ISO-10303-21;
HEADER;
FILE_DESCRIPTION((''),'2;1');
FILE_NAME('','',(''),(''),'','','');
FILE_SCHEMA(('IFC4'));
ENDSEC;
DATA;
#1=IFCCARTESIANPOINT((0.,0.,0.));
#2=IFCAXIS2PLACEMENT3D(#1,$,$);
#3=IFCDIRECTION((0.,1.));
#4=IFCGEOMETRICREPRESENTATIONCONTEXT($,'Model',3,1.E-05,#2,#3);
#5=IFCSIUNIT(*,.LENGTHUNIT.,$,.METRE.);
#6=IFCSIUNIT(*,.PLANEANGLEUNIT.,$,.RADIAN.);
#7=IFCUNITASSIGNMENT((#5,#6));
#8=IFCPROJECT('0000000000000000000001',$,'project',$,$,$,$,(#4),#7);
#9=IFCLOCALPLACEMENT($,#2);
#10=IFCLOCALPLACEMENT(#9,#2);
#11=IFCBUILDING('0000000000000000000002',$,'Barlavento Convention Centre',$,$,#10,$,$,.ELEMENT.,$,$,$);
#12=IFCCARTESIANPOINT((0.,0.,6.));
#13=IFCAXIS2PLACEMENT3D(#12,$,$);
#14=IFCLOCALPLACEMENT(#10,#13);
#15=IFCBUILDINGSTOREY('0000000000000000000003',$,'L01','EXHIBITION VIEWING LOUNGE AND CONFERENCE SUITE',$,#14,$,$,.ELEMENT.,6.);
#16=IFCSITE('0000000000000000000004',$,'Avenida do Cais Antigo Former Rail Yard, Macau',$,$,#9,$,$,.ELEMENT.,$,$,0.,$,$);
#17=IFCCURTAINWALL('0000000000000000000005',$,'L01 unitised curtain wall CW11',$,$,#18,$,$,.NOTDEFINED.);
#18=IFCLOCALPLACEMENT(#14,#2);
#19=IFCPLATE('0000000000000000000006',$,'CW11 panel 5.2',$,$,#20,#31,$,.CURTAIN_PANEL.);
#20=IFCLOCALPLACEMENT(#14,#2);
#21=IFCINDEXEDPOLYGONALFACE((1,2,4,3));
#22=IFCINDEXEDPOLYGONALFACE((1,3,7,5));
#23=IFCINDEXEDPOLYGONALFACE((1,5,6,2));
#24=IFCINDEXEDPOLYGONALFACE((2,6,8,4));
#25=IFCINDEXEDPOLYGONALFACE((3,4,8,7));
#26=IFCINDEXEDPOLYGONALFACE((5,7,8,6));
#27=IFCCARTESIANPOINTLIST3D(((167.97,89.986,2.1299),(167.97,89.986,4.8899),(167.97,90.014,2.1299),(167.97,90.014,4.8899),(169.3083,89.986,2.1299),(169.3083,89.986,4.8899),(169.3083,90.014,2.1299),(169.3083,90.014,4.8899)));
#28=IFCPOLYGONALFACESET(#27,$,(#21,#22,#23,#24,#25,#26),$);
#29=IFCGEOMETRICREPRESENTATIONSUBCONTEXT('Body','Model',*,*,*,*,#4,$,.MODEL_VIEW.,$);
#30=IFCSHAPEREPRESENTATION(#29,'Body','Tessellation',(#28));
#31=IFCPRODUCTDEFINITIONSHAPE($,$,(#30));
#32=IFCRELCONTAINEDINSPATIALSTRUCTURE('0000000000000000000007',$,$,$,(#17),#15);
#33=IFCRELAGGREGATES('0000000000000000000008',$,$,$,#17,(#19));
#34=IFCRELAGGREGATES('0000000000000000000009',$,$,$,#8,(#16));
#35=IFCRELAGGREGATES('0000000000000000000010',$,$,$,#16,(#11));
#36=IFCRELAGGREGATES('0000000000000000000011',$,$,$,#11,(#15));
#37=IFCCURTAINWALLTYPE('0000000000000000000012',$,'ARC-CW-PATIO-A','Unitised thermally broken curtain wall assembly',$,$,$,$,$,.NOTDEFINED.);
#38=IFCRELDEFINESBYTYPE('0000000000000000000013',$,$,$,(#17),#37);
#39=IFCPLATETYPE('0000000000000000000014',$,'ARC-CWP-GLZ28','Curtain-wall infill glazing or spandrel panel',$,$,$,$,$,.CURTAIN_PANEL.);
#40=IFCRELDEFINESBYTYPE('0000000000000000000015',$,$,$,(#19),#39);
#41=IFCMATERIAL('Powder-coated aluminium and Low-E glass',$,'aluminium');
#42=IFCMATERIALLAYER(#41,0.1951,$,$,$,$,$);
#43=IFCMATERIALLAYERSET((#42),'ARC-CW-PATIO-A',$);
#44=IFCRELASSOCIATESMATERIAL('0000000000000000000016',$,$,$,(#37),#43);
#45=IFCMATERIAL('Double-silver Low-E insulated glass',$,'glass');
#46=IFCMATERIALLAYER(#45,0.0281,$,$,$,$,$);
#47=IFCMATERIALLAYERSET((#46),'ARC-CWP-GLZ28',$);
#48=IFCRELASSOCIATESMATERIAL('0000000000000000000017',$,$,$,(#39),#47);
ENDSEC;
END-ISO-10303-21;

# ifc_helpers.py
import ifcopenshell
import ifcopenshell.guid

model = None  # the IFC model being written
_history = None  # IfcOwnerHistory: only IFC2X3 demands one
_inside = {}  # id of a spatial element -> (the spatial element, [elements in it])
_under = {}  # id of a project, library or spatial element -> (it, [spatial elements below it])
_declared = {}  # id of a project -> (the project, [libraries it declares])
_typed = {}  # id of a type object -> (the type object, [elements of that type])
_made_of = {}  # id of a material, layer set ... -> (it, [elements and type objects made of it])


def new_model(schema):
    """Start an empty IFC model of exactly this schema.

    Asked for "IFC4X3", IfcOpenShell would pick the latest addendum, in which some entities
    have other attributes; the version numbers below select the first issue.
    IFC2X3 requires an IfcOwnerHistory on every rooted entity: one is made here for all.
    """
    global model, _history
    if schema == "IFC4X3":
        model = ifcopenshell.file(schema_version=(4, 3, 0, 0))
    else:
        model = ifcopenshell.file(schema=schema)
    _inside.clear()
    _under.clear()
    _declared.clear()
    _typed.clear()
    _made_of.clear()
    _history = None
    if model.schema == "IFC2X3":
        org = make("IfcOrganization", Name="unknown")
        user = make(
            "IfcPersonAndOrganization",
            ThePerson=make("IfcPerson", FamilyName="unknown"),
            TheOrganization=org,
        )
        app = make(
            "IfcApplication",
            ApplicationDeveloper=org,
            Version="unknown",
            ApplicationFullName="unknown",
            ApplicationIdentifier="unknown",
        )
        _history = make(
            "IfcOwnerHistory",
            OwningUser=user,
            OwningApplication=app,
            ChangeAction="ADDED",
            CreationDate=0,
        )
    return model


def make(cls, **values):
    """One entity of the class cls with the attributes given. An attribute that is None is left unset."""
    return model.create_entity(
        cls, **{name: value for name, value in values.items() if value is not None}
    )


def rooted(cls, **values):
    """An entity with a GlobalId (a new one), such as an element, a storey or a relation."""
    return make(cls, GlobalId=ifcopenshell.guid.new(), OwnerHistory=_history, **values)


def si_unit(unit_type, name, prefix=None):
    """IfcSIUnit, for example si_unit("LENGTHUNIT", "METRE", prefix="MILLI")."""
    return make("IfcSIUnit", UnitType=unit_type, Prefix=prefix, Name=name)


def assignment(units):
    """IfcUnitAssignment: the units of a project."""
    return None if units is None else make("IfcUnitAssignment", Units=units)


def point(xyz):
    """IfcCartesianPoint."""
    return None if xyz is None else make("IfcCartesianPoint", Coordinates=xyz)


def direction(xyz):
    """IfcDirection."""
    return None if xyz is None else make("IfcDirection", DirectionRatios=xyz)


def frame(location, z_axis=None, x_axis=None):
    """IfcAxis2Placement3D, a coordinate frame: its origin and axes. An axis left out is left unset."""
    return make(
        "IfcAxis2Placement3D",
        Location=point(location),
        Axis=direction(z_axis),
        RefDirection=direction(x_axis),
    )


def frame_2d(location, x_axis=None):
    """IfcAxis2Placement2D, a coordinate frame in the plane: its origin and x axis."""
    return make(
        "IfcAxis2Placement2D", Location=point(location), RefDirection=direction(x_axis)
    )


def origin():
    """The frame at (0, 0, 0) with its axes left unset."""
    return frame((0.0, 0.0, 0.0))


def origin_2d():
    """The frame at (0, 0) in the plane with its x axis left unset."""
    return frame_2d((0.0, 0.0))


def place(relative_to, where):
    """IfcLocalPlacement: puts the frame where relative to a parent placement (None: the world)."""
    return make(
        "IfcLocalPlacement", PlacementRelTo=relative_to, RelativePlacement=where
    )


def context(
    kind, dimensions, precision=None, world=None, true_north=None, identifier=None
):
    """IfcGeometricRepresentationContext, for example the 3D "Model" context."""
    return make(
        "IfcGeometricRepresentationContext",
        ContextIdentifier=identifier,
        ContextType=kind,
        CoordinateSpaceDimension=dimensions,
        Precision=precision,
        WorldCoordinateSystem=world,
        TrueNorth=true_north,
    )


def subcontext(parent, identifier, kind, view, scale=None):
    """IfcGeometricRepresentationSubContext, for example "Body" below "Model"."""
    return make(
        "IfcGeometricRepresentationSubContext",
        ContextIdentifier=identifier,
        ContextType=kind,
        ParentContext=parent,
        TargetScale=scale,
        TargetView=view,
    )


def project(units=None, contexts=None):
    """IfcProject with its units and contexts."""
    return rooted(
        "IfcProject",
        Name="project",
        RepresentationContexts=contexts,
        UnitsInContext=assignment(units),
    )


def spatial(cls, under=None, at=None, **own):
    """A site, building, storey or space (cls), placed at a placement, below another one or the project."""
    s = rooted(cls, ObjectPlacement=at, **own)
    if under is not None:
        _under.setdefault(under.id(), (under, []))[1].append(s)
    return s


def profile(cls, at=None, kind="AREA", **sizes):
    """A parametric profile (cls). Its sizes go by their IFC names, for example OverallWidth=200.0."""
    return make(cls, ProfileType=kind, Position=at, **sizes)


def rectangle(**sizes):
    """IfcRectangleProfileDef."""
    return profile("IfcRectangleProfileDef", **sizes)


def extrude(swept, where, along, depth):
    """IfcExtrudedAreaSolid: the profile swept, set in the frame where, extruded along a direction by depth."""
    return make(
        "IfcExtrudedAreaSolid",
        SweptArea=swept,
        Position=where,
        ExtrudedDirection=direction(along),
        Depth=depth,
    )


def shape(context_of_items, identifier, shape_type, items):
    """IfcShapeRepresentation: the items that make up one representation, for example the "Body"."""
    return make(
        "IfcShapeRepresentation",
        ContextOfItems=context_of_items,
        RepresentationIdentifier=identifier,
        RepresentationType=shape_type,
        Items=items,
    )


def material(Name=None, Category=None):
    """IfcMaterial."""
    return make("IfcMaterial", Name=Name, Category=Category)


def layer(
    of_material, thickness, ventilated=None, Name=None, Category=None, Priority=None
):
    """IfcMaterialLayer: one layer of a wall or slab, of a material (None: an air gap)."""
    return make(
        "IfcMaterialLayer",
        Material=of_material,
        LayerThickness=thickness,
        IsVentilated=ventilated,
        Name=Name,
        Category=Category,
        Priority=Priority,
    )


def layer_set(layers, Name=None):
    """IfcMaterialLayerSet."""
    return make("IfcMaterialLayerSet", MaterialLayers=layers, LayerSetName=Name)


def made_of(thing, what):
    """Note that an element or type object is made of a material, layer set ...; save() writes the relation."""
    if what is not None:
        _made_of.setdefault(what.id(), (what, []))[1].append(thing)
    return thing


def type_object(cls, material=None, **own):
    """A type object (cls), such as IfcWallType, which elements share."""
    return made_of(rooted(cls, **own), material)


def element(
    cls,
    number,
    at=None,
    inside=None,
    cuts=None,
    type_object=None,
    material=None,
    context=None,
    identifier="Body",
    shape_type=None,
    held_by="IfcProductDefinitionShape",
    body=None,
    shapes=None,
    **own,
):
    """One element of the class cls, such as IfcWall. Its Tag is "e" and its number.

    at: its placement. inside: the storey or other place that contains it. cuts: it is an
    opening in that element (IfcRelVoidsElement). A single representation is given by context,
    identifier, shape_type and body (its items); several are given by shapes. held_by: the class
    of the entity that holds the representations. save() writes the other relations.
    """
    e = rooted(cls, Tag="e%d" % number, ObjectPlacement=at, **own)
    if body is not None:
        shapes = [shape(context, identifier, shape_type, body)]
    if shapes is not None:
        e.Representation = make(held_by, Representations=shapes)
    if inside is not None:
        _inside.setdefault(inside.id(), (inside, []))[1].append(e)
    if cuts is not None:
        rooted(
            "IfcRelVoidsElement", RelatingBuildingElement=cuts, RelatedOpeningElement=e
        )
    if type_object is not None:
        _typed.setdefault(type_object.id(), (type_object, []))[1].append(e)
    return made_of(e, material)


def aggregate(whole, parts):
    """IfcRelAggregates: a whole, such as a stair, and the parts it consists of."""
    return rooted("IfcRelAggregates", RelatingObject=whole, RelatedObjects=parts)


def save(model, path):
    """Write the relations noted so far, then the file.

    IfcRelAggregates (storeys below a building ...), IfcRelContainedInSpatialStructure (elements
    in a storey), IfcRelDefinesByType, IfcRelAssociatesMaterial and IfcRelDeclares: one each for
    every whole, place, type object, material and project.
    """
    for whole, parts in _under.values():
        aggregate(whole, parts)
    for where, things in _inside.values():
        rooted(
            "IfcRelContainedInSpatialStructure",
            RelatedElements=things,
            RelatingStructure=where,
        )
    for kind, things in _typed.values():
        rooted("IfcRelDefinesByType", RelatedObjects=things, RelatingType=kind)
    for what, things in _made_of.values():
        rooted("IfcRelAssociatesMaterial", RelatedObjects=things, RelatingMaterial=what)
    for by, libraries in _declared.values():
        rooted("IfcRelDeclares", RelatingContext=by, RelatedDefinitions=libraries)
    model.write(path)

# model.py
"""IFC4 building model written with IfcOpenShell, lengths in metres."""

from ifc_helpers import new_model, si_unit, direction, frame, origin, origin_2d, place, context, subcontext, project, spatial, rectangle, extrude, material, layer, layer_set, type_object, element, aggregate, save


model = new_model("IFC4")

# Units and contexts
model_context = context("Model", 3, precision=1e-05, world=origin(), true_north=direction((0.0, 1.0)))
body_context = subcontext(model_context, "Body", "Model", "MODEL_VIEW")
ifc_project = project(units=[si_unit("LENGTHUNIT", "METRE"), si_unit("PLANEANGLEUNIT", "RADIAN")], contexts=[model_context])

# Site, building, storey
site_placement = place(None, origin())
site = spatial("IfcSite", under=ifc_project, at=site_placement, Name="Avenida do Cais Antigo Former Rail Yard, Macau", CompositionType="ELEMENT", RefElevation=0.0)
building_placement = place(site_placement, origin())
building = spatial("IfcBuilding", under=site, at=building_placement, Name="Barlavento Convention Centre", CompositionType="ELEMENT")
storey_placement = place(building_placement, frame((0.0, 0.0, 6.0)))
storey = spatial("IfcBuildingStorey", under=building, at=storey_placement, Name="L01", Description="EXHIBITION VIEWING LOUNGE AND CONFERENCE SUITE", CompositionType="ELEMENT", Elevation=6.0)

# Curtain wall
ifc_material_1 = material(Name="Powder-coated aluminium and Low-E glass", Category="aluminium")
ifc_layer_1 = layer(ifc_material_1, 0.1951)
ifc_layer_set_1 = layer_set([ifc_layer_1], Name="ARC-CW-PATIO-A")
curtain_wall_type = type_object("IfcCurtainWallType", Name="ARC-CW-PATIO-A", Description="Unitised thermally broken curtain wall assembly", PredefinedType="NOTDEFINED", material=ifc_layer_set_1)
curtain_wall_placement = place(storey_placement, origin())
curtain_wall = element("IfcCurtainWall", 1, at=curtain_wall_placement, inside=storey, type_object=curtain_wall_type, Name="L01 unitised curtain wall CW11", PredefinedType="NOTDEFINED")

# Plate
ifc_material_2 = material(Name="Double-silver Low-E insulated glass", Category="glass")
ifc_layer_2 = layer(ifc_material_2, 0.0281)
ifc_layer_set_2 = layer_set([ifc_layer_2], Name="ARC-CWP-GLZ28")
plate_type = type_object("IfcPlateType", Name="ARC-CWP-GLZ28", Description="Curtain-wall infill glazing or spandrel panel", PredefinedType="CURTAIN_PANEL", material=ifc_layer_set_2)
plate_1_placement = place(storey_placement, frame((168.6392, 90.0, 2.1299), z_axis=(0.0, 0.0, 1.0), x_axis=(1.0, 0.0, 0.0)))
plate_1 = element("IfcPlate", 2, at=plate_1_placement, type_object=plate_type, Name="CW11 panel 5.2", PredefinedType="CURTAIN_PANEL", context=body_context, shape_type="SweptSolid", body=[
    extrude(rectangle(XDim=1.3384, YDim=0.0281, at=origin_2d()), origin(), (0.0, 0.0, 1.0), 2.76),
])
aggregate(curtain_wall, [plate_1])

save(model, "model.ifc")
